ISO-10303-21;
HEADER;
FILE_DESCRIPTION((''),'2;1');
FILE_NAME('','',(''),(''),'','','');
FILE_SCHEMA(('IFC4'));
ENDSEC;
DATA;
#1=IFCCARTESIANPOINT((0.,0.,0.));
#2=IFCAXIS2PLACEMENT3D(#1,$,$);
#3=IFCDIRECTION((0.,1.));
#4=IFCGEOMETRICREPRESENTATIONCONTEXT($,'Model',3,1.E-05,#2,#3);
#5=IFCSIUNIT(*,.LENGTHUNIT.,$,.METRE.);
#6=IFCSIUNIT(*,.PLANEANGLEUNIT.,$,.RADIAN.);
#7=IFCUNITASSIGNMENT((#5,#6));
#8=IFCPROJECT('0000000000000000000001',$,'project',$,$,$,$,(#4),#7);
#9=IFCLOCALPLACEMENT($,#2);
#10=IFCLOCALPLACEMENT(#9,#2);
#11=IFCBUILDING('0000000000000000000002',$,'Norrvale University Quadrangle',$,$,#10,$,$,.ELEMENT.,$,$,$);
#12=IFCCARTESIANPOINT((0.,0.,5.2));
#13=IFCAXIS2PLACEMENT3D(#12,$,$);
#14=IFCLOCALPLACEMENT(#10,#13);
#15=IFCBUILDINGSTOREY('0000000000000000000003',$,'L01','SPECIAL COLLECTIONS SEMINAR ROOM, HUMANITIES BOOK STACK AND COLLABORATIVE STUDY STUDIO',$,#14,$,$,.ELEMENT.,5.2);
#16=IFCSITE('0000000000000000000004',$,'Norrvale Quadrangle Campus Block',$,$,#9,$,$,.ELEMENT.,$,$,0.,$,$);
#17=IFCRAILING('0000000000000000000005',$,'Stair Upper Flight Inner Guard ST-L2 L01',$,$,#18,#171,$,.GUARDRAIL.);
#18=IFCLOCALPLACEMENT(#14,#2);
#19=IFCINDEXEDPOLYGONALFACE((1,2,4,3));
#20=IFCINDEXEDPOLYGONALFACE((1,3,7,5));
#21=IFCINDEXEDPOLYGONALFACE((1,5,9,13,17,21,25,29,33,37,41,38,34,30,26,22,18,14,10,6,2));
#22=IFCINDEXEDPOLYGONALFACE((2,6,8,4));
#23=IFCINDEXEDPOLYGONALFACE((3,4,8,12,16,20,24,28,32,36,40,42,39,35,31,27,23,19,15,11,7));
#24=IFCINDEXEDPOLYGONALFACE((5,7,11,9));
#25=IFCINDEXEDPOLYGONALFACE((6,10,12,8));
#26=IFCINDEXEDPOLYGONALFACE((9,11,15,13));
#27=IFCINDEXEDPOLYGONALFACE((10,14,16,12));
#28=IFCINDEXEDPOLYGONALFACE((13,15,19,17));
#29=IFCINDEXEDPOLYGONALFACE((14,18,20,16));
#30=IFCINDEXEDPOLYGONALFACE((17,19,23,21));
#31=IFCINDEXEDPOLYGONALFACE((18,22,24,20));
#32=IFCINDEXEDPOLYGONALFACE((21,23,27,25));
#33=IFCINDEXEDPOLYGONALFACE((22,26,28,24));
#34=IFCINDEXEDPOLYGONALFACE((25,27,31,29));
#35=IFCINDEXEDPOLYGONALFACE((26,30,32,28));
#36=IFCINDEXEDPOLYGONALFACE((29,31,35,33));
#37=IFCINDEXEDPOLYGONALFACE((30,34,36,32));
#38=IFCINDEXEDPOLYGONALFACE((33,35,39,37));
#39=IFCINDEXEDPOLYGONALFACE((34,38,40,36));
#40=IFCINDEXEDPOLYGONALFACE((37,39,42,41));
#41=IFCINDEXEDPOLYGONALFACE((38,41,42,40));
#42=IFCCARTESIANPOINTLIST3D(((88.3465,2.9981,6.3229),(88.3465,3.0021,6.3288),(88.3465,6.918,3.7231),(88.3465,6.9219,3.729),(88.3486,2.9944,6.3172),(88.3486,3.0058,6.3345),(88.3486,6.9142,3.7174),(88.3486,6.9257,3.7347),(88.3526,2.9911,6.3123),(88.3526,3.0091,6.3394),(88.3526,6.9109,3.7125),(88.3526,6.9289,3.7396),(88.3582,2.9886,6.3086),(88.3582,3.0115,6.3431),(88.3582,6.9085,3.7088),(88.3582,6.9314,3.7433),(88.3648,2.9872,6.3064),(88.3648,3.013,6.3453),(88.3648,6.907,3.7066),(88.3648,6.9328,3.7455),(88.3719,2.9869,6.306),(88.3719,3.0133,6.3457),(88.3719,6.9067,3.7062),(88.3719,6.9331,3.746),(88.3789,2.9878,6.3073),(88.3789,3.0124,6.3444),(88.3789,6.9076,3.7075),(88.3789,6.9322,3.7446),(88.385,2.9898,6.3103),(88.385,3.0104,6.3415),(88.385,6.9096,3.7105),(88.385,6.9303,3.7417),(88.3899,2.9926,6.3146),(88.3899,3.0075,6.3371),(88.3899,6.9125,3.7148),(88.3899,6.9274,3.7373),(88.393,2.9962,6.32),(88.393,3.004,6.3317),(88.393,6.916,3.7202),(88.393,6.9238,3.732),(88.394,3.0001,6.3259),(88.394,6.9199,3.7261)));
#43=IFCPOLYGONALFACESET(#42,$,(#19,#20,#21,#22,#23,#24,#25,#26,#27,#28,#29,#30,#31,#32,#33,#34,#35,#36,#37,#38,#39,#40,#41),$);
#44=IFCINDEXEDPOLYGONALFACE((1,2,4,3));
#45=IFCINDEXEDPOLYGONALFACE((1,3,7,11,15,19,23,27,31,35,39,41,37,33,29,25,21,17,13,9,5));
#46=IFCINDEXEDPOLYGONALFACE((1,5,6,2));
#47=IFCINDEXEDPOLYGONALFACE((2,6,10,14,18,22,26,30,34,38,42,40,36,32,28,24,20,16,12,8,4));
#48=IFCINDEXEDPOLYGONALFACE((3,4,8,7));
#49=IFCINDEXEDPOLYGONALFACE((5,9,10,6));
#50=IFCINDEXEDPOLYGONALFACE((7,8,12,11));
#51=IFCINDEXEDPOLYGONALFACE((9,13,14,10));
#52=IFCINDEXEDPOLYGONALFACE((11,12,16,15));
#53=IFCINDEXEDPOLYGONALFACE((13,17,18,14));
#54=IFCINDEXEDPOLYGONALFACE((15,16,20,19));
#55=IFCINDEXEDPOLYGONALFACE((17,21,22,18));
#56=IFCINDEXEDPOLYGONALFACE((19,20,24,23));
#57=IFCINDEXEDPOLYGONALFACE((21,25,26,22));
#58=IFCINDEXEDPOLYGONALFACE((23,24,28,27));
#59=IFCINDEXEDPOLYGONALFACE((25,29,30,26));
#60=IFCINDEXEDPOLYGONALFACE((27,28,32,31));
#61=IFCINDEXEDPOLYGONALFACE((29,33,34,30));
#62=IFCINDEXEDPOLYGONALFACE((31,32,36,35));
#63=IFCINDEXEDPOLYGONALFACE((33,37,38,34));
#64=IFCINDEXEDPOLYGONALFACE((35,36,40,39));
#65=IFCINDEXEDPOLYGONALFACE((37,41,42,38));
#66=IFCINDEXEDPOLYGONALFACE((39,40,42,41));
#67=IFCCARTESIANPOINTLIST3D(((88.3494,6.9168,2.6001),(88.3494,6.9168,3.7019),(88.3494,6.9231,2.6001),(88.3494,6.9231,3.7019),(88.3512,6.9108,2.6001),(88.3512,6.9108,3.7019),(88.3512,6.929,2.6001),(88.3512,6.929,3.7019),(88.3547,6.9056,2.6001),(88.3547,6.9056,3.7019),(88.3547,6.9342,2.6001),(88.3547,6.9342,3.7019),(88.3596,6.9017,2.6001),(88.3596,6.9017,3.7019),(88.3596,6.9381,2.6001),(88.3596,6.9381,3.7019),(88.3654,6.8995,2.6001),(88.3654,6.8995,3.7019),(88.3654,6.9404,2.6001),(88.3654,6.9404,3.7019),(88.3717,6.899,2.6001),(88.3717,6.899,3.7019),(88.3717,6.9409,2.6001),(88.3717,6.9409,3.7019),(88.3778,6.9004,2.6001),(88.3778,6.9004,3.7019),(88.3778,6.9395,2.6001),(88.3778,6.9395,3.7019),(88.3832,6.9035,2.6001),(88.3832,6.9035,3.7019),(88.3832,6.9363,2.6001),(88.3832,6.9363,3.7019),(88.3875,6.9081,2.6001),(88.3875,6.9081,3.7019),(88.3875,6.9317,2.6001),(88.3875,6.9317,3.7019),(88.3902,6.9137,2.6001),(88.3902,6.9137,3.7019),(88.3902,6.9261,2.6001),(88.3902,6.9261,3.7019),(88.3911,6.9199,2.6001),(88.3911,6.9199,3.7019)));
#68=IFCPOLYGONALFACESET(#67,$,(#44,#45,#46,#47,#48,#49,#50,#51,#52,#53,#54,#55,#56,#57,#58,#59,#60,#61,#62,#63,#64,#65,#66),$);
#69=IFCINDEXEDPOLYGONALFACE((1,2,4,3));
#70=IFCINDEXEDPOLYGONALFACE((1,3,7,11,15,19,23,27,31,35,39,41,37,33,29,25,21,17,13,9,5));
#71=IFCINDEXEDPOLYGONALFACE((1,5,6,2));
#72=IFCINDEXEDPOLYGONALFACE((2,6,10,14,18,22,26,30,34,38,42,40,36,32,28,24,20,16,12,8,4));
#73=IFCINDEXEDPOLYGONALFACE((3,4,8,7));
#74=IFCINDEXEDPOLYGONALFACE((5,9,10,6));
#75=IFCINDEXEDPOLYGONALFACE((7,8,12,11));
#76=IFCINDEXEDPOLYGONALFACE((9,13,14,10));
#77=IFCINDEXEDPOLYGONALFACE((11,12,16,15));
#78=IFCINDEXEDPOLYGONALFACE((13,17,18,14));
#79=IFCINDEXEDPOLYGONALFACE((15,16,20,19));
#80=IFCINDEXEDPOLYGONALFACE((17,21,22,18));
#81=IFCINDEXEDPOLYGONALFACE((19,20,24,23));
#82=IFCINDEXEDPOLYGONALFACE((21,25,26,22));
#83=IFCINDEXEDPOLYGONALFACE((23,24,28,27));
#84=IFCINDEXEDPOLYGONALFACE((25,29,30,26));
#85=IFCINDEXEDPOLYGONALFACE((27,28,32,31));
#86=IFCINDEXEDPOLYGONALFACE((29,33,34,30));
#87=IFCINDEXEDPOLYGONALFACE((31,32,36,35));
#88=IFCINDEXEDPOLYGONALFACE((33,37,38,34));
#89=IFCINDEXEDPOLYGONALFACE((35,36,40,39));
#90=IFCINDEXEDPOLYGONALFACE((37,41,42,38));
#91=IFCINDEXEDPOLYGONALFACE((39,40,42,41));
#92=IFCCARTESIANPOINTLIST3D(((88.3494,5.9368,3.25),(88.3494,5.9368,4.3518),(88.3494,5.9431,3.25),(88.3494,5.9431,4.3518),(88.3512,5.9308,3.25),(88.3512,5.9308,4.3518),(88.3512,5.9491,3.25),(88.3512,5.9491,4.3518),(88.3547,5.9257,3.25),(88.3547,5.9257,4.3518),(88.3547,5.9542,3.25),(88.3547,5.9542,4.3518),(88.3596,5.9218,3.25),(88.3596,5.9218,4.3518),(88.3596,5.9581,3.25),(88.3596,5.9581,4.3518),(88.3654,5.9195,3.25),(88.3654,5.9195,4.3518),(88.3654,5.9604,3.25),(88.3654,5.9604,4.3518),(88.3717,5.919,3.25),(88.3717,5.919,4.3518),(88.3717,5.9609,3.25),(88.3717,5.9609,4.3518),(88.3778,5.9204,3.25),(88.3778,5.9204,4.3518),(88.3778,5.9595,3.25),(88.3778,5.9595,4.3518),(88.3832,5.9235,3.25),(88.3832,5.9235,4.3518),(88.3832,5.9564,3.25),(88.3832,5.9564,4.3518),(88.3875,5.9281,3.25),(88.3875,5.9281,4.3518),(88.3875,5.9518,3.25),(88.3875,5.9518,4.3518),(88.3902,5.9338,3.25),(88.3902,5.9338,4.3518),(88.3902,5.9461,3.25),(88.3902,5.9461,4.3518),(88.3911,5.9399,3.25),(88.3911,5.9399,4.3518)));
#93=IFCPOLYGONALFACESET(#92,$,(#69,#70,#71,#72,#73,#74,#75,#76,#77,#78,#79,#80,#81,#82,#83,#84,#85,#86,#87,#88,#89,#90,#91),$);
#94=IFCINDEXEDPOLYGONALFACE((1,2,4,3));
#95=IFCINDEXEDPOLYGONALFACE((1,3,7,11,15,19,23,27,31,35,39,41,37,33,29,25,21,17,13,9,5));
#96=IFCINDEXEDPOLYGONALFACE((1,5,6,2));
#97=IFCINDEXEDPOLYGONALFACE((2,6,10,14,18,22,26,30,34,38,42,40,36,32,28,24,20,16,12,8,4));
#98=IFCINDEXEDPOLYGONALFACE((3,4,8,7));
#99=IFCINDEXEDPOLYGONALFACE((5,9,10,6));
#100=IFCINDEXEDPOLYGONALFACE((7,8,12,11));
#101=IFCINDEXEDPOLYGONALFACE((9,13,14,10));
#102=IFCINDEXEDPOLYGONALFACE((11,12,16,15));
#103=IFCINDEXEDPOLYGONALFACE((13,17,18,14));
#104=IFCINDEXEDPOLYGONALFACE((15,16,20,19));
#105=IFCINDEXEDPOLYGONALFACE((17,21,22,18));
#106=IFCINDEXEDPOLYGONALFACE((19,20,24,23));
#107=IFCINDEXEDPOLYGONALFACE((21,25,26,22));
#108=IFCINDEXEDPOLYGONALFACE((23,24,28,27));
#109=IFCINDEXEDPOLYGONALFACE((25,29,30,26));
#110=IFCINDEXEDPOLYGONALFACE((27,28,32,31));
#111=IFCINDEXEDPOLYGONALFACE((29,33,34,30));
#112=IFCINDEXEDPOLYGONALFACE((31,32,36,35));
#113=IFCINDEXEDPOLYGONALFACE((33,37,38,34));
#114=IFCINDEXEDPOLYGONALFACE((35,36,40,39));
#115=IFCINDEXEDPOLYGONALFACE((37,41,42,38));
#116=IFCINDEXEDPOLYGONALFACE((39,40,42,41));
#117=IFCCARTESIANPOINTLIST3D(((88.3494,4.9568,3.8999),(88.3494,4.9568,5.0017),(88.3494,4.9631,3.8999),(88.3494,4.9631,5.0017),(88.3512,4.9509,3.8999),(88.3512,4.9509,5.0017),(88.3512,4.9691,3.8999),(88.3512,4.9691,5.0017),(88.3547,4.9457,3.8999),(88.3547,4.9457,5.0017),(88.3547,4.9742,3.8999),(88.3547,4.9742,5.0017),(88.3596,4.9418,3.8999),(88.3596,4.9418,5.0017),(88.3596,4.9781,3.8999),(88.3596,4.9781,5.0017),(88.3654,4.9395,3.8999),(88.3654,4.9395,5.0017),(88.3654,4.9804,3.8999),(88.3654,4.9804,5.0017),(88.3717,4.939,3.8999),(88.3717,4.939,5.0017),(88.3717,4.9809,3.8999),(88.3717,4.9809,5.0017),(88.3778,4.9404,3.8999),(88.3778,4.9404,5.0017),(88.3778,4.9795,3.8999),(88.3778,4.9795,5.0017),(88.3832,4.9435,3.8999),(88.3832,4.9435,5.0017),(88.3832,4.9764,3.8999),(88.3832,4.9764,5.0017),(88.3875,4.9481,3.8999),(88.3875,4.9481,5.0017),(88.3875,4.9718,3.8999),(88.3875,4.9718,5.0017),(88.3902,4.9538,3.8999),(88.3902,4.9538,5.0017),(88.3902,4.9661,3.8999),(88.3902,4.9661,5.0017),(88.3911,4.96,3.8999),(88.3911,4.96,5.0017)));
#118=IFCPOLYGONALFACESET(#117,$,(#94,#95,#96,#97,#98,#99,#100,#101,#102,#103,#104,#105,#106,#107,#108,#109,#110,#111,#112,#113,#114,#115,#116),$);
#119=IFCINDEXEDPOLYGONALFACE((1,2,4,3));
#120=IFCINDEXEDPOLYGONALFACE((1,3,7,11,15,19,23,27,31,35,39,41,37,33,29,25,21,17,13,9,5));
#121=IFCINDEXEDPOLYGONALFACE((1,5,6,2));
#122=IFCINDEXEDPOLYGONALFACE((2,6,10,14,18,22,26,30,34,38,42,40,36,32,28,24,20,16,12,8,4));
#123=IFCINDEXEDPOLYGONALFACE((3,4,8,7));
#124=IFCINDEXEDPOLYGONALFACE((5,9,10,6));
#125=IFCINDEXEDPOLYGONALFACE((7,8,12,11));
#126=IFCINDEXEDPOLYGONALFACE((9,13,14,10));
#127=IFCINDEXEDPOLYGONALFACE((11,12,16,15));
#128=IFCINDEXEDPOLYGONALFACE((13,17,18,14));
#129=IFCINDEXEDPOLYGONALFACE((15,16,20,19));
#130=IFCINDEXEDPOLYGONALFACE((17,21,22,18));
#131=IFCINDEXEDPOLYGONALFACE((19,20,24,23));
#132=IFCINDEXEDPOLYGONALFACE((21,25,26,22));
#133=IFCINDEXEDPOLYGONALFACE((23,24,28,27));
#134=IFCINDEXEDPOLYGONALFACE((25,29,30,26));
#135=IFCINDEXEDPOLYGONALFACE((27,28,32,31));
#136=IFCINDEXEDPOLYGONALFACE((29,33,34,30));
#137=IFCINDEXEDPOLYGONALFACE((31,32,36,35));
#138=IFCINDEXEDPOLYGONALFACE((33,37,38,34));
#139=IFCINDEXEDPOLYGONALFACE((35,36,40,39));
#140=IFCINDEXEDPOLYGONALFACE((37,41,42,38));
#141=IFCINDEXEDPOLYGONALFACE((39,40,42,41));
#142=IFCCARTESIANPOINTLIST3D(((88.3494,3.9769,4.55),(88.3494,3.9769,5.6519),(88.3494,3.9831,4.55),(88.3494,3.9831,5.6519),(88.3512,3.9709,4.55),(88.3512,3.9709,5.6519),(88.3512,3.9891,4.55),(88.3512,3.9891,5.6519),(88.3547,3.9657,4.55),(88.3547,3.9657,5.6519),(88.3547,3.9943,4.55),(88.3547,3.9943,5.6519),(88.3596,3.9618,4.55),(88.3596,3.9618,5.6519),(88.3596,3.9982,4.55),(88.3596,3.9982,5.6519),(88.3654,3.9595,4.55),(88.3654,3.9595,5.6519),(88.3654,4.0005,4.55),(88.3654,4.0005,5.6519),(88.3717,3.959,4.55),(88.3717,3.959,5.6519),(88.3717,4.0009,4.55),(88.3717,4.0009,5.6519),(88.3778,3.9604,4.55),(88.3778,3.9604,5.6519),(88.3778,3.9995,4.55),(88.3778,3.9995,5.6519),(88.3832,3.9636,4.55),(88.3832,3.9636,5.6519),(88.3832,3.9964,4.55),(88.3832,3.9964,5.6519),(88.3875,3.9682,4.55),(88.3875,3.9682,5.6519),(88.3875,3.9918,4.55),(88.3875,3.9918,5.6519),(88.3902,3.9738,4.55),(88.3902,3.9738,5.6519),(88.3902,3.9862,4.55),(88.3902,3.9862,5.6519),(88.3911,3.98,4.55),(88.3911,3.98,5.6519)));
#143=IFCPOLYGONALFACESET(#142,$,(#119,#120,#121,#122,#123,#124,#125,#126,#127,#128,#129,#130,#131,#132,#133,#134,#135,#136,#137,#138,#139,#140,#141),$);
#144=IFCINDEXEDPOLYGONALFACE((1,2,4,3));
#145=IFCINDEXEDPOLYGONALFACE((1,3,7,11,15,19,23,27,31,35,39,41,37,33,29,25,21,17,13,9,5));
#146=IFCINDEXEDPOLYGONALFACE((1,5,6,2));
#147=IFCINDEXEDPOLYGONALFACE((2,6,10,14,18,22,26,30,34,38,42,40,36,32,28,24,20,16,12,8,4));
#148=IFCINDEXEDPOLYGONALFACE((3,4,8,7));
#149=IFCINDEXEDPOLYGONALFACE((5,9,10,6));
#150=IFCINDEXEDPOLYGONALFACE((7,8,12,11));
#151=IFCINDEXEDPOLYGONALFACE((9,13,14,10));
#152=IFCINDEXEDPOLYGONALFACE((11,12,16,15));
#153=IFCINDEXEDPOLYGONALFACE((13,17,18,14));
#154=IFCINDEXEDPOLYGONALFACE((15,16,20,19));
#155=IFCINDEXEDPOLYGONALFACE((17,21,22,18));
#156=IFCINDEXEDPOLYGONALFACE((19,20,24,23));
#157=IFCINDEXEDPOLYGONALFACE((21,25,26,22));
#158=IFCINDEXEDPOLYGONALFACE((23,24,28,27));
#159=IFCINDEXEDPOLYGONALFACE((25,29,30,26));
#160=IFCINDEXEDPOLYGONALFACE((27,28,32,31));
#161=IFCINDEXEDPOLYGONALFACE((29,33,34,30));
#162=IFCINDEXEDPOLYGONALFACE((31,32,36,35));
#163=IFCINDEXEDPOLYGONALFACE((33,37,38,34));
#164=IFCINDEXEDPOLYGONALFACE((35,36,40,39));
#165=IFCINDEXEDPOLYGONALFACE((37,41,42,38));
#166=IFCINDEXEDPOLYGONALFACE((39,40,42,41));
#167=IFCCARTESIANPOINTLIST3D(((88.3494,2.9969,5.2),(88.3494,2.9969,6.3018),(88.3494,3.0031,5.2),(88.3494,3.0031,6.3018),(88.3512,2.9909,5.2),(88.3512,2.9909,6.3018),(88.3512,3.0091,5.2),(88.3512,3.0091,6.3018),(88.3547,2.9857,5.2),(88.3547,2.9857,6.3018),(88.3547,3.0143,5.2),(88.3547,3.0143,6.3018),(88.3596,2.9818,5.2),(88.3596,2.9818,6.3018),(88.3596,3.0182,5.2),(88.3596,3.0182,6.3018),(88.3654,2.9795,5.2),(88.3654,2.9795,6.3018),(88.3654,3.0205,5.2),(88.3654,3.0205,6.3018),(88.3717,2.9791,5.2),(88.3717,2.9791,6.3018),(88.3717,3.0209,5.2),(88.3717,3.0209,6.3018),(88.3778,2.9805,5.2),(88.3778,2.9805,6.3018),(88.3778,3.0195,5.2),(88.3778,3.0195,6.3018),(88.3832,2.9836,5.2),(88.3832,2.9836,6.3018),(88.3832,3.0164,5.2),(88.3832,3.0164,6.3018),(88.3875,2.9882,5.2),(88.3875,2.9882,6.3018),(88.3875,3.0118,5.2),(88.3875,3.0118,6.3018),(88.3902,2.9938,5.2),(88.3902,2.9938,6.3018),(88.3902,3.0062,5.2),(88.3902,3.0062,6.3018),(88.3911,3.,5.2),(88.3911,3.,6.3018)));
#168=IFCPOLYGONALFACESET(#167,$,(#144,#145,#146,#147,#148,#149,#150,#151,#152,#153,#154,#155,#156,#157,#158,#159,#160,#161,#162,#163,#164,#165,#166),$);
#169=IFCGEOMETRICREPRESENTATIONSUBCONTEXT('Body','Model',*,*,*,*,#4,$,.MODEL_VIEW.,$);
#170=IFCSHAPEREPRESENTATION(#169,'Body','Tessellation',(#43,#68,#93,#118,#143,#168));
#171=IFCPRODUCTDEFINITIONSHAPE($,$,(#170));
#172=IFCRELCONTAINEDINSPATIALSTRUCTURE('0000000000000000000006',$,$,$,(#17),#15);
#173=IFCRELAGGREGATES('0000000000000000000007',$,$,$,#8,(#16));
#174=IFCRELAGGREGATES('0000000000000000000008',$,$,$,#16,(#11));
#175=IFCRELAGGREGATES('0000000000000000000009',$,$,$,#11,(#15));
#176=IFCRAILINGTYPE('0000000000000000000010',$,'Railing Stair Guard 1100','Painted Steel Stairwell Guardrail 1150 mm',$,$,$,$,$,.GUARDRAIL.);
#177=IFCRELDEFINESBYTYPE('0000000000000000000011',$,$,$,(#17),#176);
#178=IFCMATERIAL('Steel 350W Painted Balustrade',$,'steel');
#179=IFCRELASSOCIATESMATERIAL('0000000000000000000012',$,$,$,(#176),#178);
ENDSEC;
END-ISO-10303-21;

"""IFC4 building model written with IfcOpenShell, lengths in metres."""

from ifc_helpers import new_model, si_unit, direction, frame, origin, origin_2d, place, context, subcontext, project, spatial, circle, extrude, material, type_object, element, save


model = new_model("IFC4")

# Units and contexts
model_context = context("Model", 3, precision=1e-05, world=origin(), true_north=direction((0.0, 1.0)))
body_context = subcontext(model_context, "Body", "Model", "MODEL_VIEW")
ifc_project = project(units=[si_unit("LENGTHUNIT", "METRE"), si_unit("PLANEANGLEUNIT", "RADIAN")], contexts=[model_context])

# Site, building, storey
site_placement = place(None, origin())
site = spatial("IfcSite", under=ifc_project, at=site_placement, Name="Norrvale Quadrangle Campus Block", CompositionType="ELEMENT", RefElevation=0.0)
building_placement = place(site_placement, origin())
building = spatial("IfcBuilding", under=site, at=building_placement, Name="Norrvale University Quadrangle", CompositionType="ELEMENT")
storey_placement = place(building_placement, frame((0.0, 0.0, 5.2)))
storey = spatial("IfcBuildingStorey", under=building, at=storey_placement, Name="L01", Description="SPECIAL COLLECTIONS SEMINAR ROOM, HUMANITIES BOOK STACK AND COLLABORATIVE STUDY STUDIO", CompositionType="ELEMENT", Elevation=5.2)

# Railing
ifc_material_1 = material(Name="Steel 350W Painted Balustrade", Category="steel")
railing_type_1 = type_object("IfcRailingType", Name="Railing Stair Guard 1100", Description="Painted Steel Stairwell Guardrail 1150 mm", PredefinedType="GUARDRAIL", material=ifc_material_1)
railing_1_placement = place(storey_placement, frame((88.3701, 6.9199, 2.6001)))
element("IfcRailing", 1, at=railing_1_placement, inside=storey, type_object=railing_type_1, Name="Stair Upper Flight Inner Guard ST-L2 L01", PredefinedType="GUARDRAIL", context=body_context, shape_type="SweptSolid", body=[
    extrude(circle(Radius=0.0239, at=origin_2d()), frame((0.0, 0.0, 1.126), z_axis=(0.0, -0.833366, 0.552722), x_axis=(1.0, 0.0, 0.0)), (0.0, 0.0, 1.0), 4.7036),
    extrude(circle(Radius=0.021, at=origin_2d()), origin(), (0.0, 0.0, 1.0), 1.1018),
    extrude(circle(Radius=0.021, at=origin_2d()), frame((0.0, -0.98, 0.6499)), (0.0, 0.0, 1.0), 1.1018),
    extrude(circle(Radius=0.021, at=origin_2d()), frame((0.0, -1.96, 1.2998)), (0.0, 0.0, 1.0), 1.1018),
    extrude(circle(Radius=0.021, at=origin_2d()), frame((0.0, -2.9399, 1.95)), (0.0, 0.0, 1.0), 1.1018),
    extrude(circle(Radius=0.021, at=origin_2d()), frame((0.0, -3.9199, 2.5999)), (0.0, 0.0, 1.0), 1.1018),
])

save(model, "model.ifc")
